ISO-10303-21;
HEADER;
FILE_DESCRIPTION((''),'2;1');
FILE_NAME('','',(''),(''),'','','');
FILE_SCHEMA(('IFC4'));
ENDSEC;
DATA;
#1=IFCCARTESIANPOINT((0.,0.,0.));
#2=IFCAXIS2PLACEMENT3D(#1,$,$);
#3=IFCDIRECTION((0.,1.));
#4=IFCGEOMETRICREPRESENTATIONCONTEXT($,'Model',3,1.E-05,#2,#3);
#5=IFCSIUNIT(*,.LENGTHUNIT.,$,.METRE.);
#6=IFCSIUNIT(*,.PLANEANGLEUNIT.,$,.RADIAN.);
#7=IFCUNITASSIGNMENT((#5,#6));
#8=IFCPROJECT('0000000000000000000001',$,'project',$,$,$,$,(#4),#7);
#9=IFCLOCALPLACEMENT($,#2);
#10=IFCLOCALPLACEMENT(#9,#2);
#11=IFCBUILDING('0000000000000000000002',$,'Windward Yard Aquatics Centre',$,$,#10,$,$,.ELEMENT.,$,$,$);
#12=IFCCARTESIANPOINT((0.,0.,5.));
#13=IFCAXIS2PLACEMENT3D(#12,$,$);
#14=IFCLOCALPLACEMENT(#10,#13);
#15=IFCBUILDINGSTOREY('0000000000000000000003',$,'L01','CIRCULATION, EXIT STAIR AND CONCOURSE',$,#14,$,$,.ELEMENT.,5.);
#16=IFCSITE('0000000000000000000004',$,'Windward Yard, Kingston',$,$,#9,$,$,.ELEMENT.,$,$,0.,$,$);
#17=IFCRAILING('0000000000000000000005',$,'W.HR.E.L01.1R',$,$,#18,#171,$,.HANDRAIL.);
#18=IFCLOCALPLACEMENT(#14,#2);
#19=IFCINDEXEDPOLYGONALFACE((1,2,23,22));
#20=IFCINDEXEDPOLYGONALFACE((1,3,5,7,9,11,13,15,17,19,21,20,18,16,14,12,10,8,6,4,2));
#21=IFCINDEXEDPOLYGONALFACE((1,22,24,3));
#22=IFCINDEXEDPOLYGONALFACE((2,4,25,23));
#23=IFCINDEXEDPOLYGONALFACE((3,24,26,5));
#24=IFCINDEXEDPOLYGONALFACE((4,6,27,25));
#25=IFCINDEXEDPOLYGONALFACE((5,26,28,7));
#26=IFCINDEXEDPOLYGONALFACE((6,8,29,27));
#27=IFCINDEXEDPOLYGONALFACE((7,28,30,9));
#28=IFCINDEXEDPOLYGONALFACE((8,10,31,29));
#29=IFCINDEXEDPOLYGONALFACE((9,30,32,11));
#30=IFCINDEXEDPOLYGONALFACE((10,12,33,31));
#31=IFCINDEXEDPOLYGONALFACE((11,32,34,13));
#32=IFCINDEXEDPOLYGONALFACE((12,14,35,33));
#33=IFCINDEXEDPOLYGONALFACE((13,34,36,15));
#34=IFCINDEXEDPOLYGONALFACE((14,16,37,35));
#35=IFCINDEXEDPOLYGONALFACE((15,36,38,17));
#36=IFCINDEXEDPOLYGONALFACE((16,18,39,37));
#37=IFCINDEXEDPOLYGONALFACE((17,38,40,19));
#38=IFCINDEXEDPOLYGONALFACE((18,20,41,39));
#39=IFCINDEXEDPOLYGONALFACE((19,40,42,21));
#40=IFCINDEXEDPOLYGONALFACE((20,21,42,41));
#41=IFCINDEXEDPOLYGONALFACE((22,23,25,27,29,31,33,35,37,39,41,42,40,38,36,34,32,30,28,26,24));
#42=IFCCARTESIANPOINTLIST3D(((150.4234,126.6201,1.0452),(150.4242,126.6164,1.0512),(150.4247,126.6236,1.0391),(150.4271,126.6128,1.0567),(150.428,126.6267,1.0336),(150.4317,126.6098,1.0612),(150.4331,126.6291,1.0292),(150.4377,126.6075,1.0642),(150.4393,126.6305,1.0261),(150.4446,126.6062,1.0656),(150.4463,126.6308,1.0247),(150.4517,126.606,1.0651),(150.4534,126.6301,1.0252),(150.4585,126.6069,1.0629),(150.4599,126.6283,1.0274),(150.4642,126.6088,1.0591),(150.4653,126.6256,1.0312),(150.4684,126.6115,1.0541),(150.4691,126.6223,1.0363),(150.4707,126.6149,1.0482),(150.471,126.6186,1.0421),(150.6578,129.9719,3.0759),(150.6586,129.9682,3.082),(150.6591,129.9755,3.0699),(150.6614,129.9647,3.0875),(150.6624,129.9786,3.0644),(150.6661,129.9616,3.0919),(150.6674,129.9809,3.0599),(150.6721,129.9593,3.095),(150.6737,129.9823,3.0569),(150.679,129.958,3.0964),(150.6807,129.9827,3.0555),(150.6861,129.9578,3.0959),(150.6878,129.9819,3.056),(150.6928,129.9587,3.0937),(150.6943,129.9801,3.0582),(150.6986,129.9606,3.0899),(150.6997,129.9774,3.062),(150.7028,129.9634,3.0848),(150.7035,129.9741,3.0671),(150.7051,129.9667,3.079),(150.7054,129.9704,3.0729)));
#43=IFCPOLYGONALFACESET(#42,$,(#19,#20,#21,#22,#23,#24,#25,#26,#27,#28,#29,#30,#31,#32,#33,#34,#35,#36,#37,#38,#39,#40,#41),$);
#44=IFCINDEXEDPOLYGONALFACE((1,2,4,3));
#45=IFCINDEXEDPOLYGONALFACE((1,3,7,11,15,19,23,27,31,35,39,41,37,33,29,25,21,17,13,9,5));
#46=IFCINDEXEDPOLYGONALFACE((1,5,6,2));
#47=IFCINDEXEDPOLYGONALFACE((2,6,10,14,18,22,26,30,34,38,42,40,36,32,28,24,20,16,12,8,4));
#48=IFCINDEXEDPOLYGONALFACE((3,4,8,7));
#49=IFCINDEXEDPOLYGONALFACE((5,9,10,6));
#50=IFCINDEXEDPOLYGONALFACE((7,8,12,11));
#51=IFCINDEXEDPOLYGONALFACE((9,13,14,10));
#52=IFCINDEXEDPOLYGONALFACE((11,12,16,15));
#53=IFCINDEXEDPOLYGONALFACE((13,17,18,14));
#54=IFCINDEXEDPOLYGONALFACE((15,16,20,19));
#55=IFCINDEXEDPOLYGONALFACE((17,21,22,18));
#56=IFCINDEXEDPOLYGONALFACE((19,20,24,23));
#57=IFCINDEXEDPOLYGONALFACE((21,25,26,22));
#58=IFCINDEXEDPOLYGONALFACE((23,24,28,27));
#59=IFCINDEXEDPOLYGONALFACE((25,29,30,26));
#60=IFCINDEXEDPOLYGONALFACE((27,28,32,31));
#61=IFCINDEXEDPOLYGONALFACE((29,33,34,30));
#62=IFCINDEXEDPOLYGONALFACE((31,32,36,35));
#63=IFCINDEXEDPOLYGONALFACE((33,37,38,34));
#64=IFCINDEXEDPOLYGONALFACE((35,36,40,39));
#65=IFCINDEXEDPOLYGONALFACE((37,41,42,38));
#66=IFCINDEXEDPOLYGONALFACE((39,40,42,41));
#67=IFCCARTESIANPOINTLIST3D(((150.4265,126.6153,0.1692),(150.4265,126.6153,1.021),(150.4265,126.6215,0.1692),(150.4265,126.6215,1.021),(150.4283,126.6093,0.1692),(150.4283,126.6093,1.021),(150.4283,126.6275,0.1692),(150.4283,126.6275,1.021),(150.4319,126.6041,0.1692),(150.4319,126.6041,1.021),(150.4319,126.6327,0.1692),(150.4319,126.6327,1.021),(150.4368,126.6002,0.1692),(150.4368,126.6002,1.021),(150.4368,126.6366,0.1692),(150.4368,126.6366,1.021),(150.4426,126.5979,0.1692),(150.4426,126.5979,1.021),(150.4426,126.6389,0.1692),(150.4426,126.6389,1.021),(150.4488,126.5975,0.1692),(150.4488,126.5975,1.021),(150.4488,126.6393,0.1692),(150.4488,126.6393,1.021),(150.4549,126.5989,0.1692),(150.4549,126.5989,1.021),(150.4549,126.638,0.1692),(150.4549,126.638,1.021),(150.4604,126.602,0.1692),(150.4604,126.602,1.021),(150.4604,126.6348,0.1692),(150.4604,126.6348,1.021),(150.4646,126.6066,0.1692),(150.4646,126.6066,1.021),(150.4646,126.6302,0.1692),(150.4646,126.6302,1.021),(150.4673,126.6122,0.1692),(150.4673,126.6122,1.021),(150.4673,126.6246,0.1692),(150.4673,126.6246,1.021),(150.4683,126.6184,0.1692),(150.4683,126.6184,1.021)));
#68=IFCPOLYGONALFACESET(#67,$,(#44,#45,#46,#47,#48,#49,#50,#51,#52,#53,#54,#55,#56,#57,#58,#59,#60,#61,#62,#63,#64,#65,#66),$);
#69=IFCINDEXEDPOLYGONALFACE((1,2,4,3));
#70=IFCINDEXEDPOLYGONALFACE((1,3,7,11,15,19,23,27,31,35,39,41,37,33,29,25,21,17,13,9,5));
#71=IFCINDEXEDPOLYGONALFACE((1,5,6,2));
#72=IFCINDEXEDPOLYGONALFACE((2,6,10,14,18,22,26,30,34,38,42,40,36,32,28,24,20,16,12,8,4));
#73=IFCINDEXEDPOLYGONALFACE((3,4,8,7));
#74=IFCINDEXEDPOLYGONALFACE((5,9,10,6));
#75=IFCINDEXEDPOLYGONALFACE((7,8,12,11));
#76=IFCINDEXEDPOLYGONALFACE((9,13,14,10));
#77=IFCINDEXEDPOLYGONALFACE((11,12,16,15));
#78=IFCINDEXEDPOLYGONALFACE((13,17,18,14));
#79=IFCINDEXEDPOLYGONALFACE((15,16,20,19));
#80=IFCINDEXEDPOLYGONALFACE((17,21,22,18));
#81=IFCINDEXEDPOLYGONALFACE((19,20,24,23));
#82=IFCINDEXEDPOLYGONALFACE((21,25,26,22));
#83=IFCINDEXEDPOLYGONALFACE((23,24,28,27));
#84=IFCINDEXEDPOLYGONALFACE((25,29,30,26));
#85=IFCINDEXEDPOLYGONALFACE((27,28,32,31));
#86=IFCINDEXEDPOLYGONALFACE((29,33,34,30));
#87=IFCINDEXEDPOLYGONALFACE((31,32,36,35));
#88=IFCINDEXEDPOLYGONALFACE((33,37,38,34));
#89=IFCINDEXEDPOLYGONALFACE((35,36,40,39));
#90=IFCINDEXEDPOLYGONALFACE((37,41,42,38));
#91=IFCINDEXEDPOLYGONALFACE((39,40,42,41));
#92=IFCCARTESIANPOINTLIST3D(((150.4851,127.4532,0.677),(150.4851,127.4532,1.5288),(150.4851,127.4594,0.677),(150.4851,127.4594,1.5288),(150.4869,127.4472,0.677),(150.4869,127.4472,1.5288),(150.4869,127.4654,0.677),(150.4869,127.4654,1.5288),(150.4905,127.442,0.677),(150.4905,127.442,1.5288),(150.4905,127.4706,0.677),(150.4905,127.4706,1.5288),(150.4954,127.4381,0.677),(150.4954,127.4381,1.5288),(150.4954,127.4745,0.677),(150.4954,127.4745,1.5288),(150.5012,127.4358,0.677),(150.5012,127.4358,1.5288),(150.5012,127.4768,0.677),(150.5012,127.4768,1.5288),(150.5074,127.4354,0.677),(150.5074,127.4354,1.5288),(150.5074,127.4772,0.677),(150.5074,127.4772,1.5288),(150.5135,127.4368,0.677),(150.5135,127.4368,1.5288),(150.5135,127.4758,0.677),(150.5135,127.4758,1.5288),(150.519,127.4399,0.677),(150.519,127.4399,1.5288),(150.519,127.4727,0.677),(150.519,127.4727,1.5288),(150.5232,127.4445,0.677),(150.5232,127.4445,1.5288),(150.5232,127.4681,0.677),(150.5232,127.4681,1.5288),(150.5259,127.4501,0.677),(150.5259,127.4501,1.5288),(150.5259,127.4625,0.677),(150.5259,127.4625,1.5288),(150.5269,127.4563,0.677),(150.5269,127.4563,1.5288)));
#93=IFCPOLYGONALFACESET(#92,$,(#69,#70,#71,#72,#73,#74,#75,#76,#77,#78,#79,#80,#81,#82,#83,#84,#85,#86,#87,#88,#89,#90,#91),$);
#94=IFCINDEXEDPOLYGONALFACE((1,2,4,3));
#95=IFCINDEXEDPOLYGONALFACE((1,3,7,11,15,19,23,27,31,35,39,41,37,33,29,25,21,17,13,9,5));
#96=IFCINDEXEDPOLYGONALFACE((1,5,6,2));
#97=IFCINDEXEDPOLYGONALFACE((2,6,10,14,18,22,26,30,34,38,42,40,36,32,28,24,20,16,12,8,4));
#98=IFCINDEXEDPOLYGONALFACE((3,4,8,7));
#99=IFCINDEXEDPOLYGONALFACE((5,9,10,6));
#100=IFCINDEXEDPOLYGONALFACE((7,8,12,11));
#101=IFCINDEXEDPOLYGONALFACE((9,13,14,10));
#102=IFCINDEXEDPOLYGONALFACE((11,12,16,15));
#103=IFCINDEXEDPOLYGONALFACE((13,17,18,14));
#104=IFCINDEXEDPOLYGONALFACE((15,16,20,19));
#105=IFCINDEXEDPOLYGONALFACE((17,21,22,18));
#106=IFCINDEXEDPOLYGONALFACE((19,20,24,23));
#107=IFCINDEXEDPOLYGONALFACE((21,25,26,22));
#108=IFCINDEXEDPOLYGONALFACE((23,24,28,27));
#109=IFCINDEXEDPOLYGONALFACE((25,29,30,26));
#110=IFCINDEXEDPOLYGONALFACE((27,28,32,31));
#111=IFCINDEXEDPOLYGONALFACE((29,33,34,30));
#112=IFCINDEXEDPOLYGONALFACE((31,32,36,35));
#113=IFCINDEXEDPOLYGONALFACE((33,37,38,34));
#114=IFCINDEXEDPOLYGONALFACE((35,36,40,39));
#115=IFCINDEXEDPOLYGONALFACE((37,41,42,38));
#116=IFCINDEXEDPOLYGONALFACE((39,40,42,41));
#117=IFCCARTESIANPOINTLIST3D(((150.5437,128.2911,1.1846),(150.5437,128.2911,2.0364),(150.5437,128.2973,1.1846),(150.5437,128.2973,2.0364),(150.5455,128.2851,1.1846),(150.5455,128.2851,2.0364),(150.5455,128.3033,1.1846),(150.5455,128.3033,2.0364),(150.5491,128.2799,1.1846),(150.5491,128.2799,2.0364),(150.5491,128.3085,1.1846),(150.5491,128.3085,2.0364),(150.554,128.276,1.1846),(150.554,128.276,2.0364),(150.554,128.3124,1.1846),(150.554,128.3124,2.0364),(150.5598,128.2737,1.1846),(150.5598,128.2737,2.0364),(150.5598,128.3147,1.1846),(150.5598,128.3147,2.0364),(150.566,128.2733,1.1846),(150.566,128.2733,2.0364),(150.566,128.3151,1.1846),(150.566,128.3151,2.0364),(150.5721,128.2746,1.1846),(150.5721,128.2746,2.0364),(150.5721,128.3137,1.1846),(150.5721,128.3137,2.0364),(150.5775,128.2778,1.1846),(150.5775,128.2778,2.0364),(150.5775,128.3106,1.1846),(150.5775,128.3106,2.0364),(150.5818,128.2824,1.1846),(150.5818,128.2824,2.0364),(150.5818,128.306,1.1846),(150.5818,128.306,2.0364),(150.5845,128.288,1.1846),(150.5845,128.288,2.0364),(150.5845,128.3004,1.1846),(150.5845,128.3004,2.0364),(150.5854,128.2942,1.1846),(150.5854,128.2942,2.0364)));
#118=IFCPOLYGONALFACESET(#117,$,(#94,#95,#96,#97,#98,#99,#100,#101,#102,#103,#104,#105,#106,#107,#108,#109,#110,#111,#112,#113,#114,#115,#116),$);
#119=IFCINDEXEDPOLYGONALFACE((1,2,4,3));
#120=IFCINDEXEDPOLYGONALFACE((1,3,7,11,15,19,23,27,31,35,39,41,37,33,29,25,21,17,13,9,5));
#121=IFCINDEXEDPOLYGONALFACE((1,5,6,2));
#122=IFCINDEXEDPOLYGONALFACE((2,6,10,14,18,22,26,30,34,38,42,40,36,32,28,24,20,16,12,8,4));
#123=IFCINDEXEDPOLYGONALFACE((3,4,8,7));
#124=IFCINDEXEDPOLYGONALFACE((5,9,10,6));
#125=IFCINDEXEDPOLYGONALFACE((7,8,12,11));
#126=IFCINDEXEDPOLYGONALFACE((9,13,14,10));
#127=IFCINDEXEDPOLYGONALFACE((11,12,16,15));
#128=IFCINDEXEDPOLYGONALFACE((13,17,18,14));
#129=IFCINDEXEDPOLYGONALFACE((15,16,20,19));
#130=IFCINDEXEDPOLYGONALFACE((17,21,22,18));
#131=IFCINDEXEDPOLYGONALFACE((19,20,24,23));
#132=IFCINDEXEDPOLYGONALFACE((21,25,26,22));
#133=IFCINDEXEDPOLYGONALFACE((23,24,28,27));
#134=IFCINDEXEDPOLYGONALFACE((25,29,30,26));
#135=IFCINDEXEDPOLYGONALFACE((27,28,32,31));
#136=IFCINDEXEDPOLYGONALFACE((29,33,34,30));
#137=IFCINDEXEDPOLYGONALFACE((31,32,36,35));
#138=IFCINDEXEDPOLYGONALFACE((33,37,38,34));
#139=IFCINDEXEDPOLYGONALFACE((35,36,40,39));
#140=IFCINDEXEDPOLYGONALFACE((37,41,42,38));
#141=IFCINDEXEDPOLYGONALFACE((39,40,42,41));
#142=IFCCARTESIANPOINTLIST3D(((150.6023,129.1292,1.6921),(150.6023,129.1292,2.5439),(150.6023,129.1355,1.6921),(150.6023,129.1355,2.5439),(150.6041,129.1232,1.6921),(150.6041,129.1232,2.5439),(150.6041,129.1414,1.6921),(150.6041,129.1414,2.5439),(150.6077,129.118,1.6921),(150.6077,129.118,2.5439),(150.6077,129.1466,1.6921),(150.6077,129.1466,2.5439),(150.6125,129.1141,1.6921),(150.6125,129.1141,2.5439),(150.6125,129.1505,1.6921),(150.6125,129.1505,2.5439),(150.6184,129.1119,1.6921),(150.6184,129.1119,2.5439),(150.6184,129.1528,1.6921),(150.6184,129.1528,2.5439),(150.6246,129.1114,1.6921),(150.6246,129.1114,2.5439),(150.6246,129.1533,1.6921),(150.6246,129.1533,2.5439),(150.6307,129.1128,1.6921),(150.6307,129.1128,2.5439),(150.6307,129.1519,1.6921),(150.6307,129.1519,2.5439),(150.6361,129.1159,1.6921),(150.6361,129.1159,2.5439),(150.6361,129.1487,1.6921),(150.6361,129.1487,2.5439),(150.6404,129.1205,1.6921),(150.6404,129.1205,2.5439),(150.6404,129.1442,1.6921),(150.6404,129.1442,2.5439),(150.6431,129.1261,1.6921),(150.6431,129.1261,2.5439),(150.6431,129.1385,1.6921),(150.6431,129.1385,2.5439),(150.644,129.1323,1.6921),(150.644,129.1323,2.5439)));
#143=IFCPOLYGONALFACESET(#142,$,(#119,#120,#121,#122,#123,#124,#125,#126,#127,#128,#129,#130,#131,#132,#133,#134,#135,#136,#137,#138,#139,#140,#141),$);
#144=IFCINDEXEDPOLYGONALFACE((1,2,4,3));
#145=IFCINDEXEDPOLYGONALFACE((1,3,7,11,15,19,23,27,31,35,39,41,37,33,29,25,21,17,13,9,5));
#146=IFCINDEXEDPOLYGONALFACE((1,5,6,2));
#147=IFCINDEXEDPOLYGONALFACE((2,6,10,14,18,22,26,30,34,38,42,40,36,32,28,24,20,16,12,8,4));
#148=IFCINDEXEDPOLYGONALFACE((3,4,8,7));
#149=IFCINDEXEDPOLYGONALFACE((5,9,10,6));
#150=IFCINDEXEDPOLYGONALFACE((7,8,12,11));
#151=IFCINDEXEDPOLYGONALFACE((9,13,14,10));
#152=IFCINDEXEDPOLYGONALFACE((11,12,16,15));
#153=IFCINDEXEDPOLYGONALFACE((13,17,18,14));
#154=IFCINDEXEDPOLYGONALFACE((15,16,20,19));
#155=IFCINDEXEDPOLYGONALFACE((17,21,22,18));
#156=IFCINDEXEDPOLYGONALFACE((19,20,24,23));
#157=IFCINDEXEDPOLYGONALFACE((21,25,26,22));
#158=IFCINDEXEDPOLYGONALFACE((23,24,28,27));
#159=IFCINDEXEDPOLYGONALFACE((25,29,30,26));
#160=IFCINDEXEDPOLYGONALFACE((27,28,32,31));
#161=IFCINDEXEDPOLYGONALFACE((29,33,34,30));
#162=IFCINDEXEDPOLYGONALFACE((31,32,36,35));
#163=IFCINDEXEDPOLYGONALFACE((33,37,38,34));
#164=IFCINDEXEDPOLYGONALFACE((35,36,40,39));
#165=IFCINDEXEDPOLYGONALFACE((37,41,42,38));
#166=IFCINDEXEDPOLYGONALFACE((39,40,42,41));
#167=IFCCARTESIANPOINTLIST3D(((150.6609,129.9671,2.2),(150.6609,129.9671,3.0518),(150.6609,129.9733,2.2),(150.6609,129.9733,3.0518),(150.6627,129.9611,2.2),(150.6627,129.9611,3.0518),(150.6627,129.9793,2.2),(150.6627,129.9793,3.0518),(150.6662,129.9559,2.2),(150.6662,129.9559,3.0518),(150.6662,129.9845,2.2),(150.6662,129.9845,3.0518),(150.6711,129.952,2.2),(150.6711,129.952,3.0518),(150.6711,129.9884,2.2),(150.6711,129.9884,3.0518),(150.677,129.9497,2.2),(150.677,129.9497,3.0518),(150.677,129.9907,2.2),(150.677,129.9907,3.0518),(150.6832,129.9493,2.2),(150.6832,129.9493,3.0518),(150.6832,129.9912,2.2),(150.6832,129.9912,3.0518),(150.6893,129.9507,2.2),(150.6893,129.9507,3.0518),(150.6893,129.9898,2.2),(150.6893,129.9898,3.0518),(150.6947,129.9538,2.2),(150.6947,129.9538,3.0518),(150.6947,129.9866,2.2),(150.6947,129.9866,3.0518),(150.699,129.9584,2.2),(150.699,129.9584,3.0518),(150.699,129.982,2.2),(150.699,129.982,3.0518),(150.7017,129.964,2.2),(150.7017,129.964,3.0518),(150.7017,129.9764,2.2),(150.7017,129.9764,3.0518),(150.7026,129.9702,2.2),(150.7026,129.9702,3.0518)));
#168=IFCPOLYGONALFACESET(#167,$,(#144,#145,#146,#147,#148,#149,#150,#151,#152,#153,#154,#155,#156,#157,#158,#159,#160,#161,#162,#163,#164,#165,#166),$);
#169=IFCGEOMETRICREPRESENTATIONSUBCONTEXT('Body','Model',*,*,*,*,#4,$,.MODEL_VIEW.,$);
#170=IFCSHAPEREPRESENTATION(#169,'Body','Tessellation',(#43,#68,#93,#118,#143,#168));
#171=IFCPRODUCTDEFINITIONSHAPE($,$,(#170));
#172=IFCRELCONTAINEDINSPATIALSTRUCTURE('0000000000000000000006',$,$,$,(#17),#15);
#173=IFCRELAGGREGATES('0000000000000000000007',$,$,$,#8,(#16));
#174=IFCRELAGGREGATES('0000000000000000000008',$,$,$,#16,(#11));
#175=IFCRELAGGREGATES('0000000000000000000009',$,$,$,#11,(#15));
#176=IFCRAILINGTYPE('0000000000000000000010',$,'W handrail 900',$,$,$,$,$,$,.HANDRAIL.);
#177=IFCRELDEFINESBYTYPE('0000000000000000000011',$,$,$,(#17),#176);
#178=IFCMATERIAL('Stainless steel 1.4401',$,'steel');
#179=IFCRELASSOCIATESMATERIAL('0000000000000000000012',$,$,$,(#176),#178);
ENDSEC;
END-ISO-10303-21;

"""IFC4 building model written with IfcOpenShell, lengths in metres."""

from ifc_helpers import new_model, si_unit, direction, frame, origin, origin_2d, place, context, subcontext, project, spatial, circle, extrude, material, type_object, element, save


model = new_model("IFC4")

# Units and contexts
model_context = context("Model", 3, precision=1e-05, world=origin(), true_north=direction((0.0, 1.0)))
body_context = subcontext(model_context, "Body", "Model", "MODEL_VIEW")
ifc_project = project(units=[si_unit("LENGTHUNIT", "METRE"), si_unit("PLANEANGLEUNIT", "RADIAN")], contexts=[model_context])

# Site, building, storey
site_placement = place(None, origin())
site = spatial("IfcSite", under=ifc_project, at=site_placement, Name="Windward Yard, Kingston", CompositionType="ELEMENT", RefElevation=0.0)
building_placement = place(site_placement, origin())
building = spatial("IfcBuilding", under=site, at=building_placement, Name="Windward Yard Aquatics Centre", CompositionType="ELEMENT")
storey_placement = place(building_placement, frame((0.0, 0.0, 5.0)))
storey = spatial("IfcBuildingStorey", under=building, at=storey_placement, Name="L01", Description="CIRCULATION, EXIT STAIR AND CONCOURSE", CompositionType="ELEMENT", Elevation=5.0)

# Railing
ifc_material_1 = material(Name="Stainless steel 1.4401", Category="steel")
railing_type_1 = type_object("IfcRailingType", Name="W handrail 900", PredefinedType="HANDRAIL", material=ifc_material_1)
for number, where, name in (
    (1, (150.4473, 126.6184, 0.1692), "W.HR.E.L01.1R"),
):
    element("IfcRailing", number, at=place(storey_placement, frame(where)), inside=storey, type_object=railing_type_1, Name=name, PredefinedType="HANDRAIL", context=body_context, shape_type="SweptSolid", body=[
        extrude(circle(Radius=0.0239, at=origin_2d()), frame((0.0, 0.0, 0.876), z_axis=(0.059698, 0.853744, 0.517259), x_axis=(-0.997564, 0.069755, 0.0)), (0.0, 0.0, 1.0), 3.926),
        extrude(circle(Radius=0.021, at=origin_2d()), origin(), (0.0, 0.0, 1.0), 0.8518),
        extrude(circle(Radius=0.021, at=origin_2d()), frame((0.0586, 0.8379, 0.5078)), (0.0, 0.0, 1.0), 0.8518),
        extrude(circle(Radius=0.021, at=origin_2d()), frame((0.1172, 1.6758, 1.0154)), (0.0, 0.0, 1.0), 0.8518),
        extrude(circle(Radius=0.021, at=origin_2d()), frame((0.1758, 2.5139, 1.5229)), (0.0, 0.0, 1.0), 0.8518),
        extrude(circle(Radius=0.021, at=origin_2d()), frame((0.2344, 3.3518, 2.0308)), (0.0, 0.0, 1.0), 0.8518),
    ])

save(model, "model.ifc")
